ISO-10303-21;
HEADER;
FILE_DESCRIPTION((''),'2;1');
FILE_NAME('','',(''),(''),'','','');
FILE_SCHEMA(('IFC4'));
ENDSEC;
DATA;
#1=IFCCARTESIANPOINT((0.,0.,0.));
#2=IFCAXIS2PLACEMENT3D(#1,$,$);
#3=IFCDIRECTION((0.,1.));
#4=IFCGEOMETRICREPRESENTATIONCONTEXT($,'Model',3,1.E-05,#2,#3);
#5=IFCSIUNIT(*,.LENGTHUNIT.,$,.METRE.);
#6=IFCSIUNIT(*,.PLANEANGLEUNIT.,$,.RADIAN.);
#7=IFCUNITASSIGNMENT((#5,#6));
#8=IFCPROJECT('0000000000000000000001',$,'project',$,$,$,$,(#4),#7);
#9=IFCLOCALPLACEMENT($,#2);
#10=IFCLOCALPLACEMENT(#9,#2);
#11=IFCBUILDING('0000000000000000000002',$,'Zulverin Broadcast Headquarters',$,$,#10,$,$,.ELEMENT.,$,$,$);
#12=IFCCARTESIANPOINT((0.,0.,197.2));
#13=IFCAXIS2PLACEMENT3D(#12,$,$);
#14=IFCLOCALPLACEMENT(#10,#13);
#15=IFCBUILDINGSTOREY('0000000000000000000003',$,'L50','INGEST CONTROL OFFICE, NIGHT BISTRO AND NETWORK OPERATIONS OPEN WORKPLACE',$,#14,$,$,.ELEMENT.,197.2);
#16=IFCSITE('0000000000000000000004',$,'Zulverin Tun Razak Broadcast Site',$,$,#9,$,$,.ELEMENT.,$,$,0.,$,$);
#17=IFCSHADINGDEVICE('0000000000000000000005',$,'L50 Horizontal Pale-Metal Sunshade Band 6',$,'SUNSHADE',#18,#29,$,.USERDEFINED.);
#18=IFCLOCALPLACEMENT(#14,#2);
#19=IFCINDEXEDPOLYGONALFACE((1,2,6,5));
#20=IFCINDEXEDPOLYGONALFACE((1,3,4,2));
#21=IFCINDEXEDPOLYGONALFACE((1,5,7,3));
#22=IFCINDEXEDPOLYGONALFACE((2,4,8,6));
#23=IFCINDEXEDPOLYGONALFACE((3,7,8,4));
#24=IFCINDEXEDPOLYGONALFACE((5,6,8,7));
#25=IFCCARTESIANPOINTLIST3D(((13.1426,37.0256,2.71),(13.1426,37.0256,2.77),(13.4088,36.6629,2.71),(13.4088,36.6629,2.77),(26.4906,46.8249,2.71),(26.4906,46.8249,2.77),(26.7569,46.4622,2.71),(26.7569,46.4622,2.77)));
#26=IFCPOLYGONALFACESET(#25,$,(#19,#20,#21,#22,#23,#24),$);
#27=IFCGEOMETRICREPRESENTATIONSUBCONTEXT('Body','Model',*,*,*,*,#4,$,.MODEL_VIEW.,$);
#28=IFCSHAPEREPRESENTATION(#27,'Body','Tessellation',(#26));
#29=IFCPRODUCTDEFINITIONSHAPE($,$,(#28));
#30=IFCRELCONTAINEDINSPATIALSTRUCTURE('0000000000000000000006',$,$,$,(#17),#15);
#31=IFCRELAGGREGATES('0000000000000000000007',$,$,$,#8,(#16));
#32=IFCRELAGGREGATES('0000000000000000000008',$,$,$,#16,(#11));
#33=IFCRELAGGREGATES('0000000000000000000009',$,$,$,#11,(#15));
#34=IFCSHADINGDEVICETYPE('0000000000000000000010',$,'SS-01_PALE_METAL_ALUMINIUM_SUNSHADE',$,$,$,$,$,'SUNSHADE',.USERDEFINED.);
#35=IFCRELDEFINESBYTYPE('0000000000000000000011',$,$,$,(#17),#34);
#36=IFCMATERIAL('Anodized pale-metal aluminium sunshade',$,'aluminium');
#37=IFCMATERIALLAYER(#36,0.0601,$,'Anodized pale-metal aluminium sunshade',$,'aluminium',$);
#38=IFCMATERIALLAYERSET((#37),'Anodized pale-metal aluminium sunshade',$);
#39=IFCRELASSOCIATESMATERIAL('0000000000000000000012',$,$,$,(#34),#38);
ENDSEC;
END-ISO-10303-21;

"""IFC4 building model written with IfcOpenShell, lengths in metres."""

from ifc_helpers import new_model, si_unit, direction, frame, origin, origin_2d, place, context, subcontext, project, spatial, rectangle, extrude, material, layer, layer_set, type_object, element, save


model = new_model("IFC4")

# Units and contexts
model_context = context("Model", 3, precision=1e-05, world=origin(), true_north=direction((0.0, 1.0)))
body_context = subcontext(model_context, "Body", "Model", "MODEL_VIEW")
ifc_project = project(units=[si_unit("LENGTHUNIT", "METRE"), si_unit("PLANEANGLEUNIT", "RADIAN")], contexts=[model_context])

# Site, building, storey
site_placement = place(None, origin())
site = spatial("IfcSite", under=ifc_project, at=site_placement, Name="Zulverin Tun Razak Broadcast Site", CompositionType="ELEMENT", RefElevation=0.0)
building_placement = place(site_placement, origin())
building = spatial("IfcBuilding", under=site, at=building_placement, Name="Zulverin Broadcast Headquarters", CompositionType="ELEMENT")
storey_placement = place(building_placement, frame((0.0, 0.0, 197.2)))
storey = spatial("IfcBuildingStorey", under=building, at=storey_placement, Name="L50", Description="INGEST CONTROL OFFICE, NIGHT BISTRO AND NETWORK OPERATIONS OPEN WORKPLACE", CompositionType="ELEMENT", Elevation=197.2)

# Shading device
ifc_material_1 = material(Name="Anodized pale-metal aluminium sunshade", Category="aluminium")
ifc_layer_1 = layer(ifc_material_1, 0.0601, Name="Anodized pale-metal aluminium sunshade", Category="aluminium")
ifc_layer_set_1 = layer_set([ifc_layer_1], Name="Anodized pale-metal aluminium sunshade")
shading_device_type_1 = type_object("IfcShadingDeviceType", Name="SS-01_PALE_METAL_ALUMINIUM_SUNSHADE", ElementType="SUNSHADE", PredefinedType="USERDEFINED", material=ifc_layer_set_1)
shading_device_1_placement = place(storey_placement, frame((19.9497, 41.7439, 2.71), z_axis=(0.0, 0.0, 1.0), x_axis=(-0.806097, -0.591784, 0.0)))
element("IfcShadingDevice", 1, at=shading_device_1_placement, inside=storey, type_object=shading_device_type_1, Name="L50 Horizontal Pale-Metal Sunshade Band 6", ObjectType="SUNSHADE", PredefinedType="USERDEFINED", context=body_context, shape_type="SweptSolid", body=[
    extrude(rectangle(XDim=16.5588, YDim=0.45, at=origin_2d()), origin(), (0.0, 0.0, 1.0), 0.0601),
])

save(model, "model.ifc")
